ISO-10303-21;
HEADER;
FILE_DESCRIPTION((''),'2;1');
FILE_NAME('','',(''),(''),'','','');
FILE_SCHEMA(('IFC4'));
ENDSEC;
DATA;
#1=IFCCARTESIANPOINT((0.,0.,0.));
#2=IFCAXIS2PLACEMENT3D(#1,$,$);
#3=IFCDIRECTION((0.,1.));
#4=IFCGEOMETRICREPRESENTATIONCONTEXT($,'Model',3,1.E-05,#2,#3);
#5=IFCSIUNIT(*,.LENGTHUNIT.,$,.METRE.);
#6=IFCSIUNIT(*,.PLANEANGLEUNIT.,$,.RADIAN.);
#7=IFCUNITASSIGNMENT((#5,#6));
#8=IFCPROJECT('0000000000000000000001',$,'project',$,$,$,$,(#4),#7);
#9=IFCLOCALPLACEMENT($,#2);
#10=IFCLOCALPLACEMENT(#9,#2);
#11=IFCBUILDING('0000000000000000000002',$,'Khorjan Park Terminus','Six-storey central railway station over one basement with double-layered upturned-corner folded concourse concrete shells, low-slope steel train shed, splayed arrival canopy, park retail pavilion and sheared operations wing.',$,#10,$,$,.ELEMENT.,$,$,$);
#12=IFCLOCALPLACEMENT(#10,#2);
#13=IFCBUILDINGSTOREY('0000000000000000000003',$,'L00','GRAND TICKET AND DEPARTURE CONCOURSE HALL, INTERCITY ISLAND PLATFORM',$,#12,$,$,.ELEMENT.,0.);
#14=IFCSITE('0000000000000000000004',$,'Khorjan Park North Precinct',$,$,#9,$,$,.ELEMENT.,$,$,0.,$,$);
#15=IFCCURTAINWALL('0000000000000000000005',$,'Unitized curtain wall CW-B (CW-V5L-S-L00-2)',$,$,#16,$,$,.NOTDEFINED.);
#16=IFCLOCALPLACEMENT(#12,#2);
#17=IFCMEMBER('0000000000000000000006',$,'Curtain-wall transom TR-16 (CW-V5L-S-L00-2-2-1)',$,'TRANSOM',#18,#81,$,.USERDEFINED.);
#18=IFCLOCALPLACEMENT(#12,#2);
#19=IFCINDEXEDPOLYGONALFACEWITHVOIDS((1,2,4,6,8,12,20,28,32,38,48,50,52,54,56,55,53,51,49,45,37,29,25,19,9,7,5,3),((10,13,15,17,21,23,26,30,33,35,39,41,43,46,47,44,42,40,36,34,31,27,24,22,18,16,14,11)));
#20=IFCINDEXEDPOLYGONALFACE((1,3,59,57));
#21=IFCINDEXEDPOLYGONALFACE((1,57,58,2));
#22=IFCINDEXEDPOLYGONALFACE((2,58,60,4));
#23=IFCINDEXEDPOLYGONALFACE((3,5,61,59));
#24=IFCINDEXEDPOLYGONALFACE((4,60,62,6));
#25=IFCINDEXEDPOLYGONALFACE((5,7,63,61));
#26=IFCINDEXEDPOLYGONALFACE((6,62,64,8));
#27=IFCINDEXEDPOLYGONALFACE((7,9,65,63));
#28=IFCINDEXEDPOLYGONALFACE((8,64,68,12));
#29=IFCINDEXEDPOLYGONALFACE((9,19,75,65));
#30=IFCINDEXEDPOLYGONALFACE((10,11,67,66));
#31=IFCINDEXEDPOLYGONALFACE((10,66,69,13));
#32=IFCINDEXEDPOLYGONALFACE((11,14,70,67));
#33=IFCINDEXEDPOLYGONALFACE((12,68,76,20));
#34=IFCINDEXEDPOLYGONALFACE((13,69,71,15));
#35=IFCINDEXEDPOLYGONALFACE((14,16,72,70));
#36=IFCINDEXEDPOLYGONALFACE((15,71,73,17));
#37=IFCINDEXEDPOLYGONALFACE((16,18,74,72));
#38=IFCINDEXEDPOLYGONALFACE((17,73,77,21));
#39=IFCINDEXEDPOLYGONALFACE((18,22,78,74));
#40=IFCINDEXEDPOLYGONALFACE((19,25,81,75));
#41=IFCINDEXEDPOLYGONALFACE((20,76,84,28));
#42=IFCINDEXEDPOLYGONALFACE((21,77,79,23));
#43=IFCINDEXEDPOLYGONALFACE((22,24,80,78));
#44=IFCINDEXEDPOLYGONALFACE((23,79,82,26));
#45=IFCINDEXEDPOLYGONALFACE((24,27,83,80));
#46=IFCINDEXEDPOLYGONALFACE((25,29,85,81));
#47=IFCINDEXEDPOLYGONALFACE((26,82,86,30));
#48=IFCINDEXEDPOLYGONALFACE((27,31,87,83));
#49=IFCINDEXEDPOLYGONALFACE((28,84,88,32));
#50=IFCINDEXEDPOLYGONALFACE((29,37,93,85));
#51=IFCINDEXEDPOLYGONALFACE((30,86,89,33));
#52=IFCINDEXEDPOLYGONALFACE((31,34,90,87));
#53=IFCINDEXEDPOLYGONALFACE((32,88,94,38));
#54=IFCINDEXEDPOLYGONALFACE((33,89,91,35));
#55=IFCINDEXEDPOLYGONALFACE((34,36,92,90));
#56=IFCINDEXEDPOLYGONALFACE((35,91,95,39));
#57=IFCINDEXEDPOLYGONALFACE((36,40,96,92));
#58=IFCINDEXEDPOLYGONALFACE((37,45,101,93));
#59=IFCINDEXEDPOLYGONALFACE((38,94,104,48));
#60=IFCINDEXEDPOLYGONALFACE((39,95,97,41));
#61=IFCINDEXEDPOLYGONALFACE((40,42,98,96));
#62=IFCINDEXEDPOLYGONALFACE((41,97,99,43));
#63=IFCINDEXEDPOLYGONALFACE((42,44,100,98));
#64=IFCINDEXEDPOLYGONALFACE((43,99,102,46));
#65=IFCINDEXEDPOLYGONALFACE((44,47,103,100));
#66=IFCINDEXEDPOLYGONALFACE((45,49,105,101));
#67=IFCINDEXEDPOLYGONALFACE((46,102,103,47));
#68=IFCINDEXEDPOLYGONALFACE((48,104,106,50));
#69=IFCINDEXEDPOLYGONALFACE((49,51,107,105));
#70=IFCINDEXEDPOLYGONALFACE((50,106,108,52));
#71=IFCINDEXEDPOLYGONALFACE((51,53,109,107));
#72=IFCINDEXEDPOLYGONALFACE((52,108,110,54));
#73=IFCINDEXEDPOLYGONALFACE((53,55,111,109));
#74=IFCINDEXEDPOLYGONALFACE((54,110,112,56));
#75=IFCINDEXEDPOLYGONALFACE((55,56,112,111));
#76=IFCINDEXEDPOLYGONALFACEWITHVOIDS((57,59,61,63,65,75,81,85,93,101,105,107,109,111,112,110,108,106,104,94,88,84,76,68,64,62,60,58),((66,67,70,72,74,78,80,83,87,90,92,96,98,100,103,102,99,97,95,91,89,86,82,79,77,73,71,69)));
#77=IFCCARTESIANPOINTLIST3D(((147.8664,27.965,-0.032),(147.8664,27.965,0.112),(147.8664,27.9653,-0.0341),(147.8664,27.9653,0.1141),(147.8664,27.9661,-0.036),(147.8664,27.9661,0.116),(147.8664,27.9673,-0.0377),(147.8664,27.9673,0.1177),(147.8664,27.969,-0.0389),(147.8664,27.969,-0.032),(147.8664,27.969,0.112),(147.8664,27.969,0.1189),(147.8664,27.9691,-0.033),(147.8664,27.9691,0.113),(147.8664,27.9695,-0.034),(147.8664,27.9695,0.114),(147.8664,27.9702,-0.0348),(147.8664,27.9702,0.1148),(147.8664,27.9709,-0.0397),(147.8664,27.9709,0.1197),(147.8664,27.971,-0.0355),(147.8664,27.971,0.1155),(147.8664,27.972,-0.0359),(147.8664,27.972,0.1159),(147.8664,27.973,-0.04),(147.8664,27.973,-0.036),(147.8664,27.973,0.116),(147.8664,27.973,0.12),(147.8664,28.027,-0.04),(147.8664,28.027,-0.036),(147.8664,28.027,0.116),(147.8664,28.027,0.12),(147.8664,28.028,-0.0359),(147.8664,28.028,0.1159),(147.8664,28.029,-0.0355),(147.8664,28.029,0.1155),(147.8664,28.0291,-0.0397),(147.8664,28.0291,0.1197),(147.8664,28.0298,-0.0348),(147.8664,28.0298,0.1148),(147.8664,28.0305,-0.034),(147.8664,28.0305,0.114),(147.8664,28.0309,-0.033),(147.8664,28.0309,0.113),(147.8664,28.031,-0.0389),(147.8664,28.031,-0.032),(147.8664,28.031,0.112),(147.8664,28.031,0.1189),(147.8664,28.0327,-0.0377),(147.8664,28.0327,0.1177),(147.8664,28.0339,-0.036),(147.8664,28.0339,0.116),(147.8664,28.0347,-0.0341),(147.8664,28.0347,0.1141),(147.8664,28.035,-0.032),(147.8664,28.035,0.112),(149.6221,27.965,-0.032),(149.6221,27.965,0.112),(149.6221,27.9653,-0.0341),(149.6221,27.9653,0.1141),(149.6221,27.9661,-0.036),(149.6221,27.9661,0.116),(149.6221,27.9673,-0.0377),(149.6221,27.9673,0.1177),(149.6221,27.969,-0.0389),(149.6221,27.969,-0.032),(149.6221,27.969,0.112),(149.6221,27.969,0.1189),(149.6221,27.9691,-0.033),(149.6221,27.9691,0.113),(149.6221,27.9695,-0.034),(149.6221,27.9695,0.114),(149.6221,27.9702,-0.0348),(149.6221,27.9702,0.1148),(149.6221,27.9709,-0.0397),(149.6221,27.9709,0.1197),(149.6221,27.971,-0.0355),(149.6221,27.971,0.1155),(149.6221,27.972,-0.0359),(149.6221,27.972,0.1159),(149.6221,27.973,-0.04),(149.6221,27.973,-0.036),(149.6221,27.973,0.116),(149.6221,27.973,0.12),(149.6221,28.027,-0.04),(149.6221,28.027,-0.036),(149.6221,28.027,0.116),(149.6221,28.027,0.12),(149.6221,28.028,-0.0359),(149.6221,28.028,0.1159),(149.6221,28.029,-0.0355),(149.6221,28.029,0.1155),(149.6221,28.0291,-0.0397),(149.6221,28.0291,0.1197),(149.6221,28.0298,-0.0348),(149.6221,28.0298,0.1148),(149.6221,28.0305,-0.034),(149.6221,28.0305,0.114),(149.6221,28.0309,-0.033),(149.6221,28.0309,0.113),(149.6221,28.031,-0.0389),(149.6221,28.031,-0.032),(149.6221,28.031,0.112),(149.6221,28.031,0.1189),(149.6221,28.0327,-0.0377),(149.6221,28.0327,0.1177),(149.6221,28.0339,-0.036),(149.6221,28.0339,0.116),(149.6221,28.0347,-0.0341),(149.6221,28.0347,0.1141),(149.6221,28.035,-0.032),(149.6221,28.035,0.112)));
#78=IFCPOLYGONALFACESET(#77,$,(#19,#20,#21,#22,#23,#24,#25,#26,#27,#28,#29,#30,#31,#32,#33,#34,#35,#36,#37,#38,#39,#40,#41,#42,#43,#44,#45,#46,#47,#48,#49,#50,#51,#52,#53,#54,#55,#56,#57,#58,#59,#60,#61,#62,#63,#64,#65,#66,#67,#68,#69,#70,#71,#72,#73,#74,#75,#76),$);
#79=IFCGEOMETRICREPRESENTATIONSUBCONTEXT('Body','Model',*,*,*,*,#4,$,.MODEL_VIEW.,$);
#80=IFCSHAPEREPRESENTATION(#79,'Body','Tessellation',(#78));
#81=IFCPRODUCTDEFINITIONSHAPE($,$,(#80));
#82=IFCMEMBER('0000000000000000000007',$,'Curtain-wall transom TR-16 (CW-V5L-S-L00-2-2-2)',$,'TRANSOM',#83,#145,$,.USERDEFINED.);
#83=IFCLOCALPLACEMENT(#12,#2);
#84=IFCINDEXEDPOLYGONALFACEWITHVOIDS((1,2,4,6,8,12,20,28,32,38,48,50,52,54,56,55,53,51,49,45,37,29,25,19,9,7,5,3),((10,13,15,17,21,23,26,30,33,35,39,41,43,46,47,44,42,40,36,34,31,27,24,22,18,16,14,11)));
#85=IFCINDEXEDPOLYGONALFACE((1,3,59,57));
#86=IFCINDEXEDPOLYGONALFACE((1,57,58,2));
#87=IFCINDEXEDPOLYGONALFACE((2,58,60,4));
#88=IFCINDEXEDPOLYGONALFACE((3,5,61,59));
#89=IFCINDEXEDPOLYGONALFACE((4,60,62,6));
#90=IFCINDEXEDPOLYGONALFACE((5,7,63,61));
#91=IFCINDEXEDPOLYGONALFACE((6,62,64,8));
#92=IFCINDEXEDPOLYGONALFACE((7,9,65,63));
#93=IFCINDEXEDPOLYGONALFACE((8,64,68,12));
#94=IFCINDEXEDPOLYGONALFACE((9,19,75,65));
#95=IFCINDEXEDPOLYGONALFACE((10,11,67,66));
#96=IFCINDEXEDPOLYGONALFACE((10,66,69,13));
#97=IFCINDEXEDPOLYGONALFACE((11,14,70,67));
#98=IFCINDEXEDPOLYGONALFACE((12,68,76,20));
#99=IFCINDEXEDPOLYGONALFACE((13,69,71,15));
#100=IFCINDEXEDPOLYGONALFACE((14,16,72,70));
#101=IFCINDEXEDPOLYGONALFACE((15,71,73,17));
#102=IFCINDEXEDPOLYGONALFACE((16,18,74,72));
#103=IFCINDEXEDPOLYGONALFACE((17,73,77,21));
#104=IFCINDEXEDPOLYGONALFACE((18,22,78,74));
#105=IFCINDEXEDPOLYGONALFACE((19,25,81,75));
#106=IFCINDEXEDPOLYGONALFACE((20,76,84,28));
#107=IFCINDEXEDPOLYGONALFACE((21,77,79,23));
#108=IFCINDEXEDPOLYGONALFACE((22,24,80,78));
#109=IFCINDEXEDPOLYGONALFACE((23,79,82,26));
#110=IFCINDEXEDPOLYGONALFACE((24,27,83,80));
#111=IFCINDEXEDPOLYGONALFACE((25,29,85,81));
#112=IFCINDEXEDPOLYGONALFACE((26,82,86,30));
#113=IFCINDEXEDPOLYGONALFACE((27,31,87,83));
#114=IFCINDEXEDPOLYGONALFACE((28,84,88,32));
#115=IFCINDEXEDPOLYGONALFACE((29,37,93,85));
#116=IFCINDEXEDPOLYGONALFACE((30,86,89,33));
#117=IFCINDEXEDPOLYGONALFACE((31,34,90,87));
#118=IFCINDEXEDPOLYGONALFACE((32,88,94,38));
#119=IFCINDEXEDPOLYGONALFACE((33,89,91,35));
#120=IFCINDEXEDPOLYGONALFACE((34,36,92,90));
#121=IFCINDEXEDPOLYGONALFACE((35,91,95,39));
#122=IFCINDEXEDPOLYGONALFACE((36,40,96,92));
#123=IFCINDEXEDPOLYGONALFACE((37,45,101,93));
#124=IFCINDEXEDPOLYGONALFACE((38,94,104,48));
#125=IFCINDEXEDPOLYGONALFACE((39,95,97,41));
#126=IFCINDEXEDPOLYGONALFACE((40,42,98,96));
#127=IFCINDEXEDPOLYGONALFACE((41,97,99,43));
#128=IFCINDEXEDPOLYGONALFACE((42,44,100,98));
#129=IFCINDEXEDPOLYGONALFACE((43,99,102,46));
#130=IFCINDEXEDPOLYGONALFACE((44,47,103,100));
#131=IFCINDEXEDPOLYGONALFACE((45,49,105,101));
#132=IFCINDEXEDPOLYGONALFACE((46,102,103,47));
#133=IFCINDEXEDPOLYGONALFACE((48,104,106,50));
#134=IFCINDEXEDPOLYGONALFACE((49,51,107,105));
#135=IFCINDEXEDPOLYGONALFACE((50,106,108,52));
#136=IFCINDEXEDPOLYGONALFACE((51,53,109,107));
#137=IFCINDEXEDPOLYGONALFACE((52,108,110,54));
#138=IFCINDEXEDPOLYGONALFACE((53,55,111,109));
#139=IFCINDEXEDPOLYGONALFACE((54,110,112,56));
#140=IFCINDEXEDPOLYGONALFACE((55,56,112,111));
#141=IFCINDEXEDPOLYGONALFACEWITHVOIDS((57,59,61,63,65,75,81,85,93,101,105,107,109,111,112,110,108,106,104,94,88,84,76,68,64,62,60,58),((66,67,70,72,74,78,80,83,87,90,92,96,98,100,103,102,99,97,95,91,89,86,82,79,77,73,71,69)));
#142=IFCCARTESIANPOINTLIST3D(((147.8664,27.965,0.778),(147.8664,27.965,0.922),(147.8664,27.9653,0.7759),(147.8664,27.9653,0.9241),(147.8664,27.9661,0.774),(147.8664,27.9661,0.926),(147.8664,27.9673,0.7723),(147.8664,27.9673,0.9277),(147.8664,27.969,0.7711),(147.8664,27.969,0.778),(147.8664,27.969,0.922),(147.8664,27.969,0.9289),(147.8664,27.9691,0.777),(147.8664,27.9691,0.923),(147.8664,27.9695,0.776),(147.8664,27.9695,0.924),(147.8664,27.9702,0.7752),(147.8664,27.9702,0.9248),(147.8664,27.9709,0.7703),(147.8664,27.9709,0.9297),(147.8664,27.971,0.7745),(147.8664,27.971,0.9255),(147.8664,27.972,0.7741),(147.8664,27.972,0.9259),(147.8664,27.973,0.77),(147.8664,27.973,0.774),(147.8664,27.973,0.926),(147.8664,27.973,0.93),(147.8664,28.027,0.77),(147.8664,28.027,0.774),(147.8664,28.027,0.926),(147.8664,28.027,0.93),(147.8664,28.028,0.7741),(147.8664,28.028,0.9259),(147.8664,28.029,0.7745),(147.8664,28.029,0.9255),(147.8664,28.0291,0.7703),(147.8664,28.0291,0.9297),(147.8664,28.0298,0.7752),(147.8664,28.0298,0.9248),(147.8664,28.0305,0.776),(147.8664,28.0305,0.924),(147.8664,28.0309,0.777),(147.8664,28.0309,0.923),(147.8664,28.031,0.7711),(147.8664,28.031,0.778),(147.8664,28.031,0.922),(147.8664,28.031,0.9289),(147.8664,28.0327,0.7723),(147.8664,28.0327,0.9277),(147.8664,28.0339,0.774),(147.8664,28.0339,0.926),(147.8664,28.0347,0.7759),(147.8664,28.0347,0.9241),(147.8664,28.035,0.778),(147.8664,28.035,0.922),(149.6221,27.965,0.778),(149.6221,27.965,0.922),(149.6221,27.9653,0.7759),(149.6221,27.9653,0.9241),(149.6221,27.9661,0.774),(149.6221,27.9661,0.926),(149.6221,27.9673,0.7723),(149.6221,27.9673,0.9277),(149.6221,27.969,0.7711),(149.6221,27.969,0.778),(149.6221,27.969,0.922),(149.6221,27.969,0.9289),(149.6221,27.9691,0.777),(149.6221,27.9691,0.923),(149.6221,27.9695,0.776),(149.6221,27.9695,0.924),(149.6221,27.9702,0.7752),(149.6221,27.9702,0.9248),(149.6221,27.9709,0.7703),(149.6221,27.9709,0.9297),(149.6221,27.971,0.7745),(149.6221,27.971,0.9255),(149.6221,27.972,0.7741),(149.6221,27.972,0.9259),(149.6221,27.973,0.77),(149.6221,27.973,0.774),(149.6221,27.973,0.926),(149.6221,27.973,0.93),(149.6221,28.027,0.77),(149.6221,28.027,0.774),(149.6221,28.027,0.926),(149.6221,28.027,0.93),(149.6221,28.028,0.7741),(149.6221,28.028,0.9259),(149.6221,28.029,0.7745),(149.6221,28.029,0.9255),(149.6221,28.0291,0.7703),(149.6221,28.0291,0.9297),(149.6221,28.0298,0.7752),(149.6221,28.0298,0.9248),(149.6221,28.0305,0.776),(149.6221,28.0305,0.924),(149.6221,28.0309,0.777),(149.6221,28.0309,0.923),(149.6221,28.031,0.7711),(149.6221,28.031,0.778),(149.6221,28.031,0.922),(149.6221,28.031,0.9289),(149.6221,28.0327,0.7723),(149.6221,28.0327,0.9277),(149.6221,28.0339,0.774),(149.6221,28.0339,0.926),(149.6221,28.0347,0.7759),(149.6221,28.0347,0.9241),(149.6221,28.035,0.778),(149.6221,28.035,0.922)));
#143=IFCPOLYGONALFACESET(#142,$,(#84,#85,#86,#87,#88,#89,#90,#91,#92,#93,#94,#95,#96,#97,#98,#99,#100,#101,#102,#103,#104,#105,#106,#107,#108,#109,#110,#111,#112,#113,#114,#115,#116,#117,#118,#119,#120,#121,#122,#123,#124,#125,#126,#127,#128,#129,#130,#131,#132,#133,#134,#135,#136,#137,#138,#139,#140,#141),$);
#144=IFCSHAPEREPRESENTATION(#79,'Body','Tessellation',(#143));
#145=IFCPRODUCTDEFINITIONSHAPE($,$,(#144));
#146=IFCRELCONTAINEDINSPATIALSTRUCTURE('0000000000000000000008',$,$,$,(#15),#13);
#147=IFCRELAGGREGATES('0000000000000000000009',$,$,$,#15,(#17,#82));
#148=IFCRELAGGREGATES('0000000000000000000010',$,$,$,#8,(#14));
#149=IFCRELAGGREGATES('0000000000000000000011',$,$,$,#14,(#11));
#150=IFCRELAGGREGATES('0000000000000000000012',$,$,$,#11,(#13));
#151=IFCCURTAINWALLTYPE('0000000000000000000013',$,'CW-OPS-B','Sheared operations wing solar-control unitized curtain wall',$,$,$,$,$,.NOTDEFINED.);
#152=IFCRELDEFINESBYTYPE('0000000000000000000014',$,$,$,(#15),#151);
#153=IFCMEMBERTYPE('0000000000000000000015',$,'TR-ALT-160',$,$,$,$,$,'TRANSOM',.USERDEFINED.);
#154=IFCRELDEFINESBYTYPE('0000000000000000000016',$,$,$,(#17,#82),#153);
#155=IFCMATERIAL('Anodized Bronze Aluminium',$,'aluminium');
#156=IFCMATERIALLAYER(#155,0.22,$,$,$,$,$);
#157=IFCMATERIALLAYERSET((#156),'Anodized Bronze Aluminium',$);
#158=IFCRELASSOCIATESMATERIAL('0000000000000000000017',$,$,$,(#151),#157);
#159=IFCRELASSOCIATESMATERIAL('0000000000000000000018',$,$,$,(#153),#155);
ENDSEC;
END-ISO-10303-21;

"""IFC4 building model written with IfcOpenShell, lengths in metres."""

from ifc_helpers import new_model, si_unit, direction, frame, origin, origin_2d, place, context, subcontext, project, spatial, hollow_rectangle, extrude, material, layer, layer_set, material_profile, profile_set, type_object, element, aggregate, save


model = new_model("IFC4")

# Units and contexts
model_context = context("Model", 3, precision=1e-05, world=origin(), true_north=direction((0.0, 1.0)))
body_context = subcontext(model_context, "Body", "Model", "MODEL_VIEW")
ifc_project = project(units=[si_unit("LENGTHUNIT", "METRE"), si_unit("PLANEANGLEUNIT", "RADIAN")], contexts=[model_context])

# Site, building, storey
site_placement = place(None, origin())
site = spatial("IfcSite", under=ifc_project, at=site_placement, Name="Khorjan Park North Precinct", CompositionType="ELEMENT", RefElevation=0.0)
building_placement = place(site_placement, origin())
building = spatial("IfcBuilding", under=site, at=building_placement, Name="Khorjan Park Terminus", Description="Six-storey central railway station over one basement with double-layered upturned-corner folded concourse concrete shells, low-slope steel train shed, splayed arrival canopy, park retail pavilion and sheared operations wing.", CompositionType="ELEMENT")
storey_placement = place(building_placement, origin())
storey = spatial("IfcBuildingStorey", under=building, at=storey_placement, Name="L00", Description="GRAND TICKET AND DEPARTURE CONCOURSE HALL, INTERCITY ISLAND PLATFORM", CompositionType="ELEMENT", Elevation=0.0)

# Shared definitions
ifc_material_1 = material(Name="Anodized Bronze Aluminium", Category="aluminium")
ifc_layer_1 = layer(ifc_material_1, 0.22)
ifc_layer_set_1 = layer_set([ifc_layer_1], Name="Anodized Bronze Aluminium")
curtain_wall_type = type_object("IfcCurtainWallType", Name="CW-OPS-B", Description="Sheared operations wing solar-control unitized curtain wall", PredefinedType="NOTDEFINED", material=ifc_layer_set_1)

# Curtain wall, members
curtain_wall_1_placement = place(storey_placement, origin())
curtain_wall_1 = element("IfcCurtainWall", 1, at=curtain_wall_1_placement, inside=storey, type_object=curtain_wall_type, Name="Unitized curtain wall CW-B (CW-V5L-S-L00-2)", PredefinedType="NOTDEFINED")
ifc_material_profile_1 = material_profile(ifc_material_1, hollow_rectangle(XDim=0.07, YDim=0.16, WallThickness=0.004, InnerFilletRadius=0.004, OuterFilletRadius=0.008, at=origin_2d()), Name="ALT 70x160x4")
ifc_profile_set_1 = profile_set([ifc_material_profile_1], Name="Anodized Bronze Aluminium")
member_type_1 = type_object("IfcMemberType", Name="TR-ALT-160", ElementType="TRANSOM", PredefinedType="USERDEFINED", material=ifc_profile_set_1)
member_1_placement = place(storey_placement, frame((147.8664, 28.0, 0.04), z_axis=(1.0, 0.0, 0.0), x_axis=(0.0, 1.0, 0.0)))
member_1 = element("IfcMember", 2, at=member_1_placement, type_object=member_type_1, Name="Curtain-wall transom TR-16 (CW-V5L-S-L00-2-2-1)", ObjectType="TRANSOM", PredefinedType="USERDEFINED", context=body_context, shape_type="SweptSolid", body=[
    extrude(hollow_rectangle(XDim=0.07, YDim=0.16, WallThickness=0.004, InnerFilletRadius=0.004, OuterFilletRadius=0.008, at=origin_2d()), origin(), (0.0, 0.0, 1.0), 1.7557),
])
member_2_placement = place(storey_placement, frame((147.8664, 28.0, 0.85), z_axis=(1.0, 0.0, 0.0), x_axis=(0.0, 1.0, 0.0)))
member_2 = element("IfcMember", 3, at=member_2_placement, type_object=member_type_1, Name="Curtain-wall transom TR-16 (CW-V5L-S-L00-2-2-2)", ObjectType="TRANSOM", PredefinedType="USERDEFINED", context=body_context, shape_type="SweptSolid", body=[
    extrude(hollow_rectangle(XDim=0.07, YDim=0.16, WallThickness=0.004, InnerFilletRadius=0.004, OuterFilletRadius=0.008, at=origin_2d()), origin(), (0.0, 0.0, 1.0), 1.7557),
])

aggregate(curtain_wall_1, [member_1, member_2])

save(model, "model.ifc")
